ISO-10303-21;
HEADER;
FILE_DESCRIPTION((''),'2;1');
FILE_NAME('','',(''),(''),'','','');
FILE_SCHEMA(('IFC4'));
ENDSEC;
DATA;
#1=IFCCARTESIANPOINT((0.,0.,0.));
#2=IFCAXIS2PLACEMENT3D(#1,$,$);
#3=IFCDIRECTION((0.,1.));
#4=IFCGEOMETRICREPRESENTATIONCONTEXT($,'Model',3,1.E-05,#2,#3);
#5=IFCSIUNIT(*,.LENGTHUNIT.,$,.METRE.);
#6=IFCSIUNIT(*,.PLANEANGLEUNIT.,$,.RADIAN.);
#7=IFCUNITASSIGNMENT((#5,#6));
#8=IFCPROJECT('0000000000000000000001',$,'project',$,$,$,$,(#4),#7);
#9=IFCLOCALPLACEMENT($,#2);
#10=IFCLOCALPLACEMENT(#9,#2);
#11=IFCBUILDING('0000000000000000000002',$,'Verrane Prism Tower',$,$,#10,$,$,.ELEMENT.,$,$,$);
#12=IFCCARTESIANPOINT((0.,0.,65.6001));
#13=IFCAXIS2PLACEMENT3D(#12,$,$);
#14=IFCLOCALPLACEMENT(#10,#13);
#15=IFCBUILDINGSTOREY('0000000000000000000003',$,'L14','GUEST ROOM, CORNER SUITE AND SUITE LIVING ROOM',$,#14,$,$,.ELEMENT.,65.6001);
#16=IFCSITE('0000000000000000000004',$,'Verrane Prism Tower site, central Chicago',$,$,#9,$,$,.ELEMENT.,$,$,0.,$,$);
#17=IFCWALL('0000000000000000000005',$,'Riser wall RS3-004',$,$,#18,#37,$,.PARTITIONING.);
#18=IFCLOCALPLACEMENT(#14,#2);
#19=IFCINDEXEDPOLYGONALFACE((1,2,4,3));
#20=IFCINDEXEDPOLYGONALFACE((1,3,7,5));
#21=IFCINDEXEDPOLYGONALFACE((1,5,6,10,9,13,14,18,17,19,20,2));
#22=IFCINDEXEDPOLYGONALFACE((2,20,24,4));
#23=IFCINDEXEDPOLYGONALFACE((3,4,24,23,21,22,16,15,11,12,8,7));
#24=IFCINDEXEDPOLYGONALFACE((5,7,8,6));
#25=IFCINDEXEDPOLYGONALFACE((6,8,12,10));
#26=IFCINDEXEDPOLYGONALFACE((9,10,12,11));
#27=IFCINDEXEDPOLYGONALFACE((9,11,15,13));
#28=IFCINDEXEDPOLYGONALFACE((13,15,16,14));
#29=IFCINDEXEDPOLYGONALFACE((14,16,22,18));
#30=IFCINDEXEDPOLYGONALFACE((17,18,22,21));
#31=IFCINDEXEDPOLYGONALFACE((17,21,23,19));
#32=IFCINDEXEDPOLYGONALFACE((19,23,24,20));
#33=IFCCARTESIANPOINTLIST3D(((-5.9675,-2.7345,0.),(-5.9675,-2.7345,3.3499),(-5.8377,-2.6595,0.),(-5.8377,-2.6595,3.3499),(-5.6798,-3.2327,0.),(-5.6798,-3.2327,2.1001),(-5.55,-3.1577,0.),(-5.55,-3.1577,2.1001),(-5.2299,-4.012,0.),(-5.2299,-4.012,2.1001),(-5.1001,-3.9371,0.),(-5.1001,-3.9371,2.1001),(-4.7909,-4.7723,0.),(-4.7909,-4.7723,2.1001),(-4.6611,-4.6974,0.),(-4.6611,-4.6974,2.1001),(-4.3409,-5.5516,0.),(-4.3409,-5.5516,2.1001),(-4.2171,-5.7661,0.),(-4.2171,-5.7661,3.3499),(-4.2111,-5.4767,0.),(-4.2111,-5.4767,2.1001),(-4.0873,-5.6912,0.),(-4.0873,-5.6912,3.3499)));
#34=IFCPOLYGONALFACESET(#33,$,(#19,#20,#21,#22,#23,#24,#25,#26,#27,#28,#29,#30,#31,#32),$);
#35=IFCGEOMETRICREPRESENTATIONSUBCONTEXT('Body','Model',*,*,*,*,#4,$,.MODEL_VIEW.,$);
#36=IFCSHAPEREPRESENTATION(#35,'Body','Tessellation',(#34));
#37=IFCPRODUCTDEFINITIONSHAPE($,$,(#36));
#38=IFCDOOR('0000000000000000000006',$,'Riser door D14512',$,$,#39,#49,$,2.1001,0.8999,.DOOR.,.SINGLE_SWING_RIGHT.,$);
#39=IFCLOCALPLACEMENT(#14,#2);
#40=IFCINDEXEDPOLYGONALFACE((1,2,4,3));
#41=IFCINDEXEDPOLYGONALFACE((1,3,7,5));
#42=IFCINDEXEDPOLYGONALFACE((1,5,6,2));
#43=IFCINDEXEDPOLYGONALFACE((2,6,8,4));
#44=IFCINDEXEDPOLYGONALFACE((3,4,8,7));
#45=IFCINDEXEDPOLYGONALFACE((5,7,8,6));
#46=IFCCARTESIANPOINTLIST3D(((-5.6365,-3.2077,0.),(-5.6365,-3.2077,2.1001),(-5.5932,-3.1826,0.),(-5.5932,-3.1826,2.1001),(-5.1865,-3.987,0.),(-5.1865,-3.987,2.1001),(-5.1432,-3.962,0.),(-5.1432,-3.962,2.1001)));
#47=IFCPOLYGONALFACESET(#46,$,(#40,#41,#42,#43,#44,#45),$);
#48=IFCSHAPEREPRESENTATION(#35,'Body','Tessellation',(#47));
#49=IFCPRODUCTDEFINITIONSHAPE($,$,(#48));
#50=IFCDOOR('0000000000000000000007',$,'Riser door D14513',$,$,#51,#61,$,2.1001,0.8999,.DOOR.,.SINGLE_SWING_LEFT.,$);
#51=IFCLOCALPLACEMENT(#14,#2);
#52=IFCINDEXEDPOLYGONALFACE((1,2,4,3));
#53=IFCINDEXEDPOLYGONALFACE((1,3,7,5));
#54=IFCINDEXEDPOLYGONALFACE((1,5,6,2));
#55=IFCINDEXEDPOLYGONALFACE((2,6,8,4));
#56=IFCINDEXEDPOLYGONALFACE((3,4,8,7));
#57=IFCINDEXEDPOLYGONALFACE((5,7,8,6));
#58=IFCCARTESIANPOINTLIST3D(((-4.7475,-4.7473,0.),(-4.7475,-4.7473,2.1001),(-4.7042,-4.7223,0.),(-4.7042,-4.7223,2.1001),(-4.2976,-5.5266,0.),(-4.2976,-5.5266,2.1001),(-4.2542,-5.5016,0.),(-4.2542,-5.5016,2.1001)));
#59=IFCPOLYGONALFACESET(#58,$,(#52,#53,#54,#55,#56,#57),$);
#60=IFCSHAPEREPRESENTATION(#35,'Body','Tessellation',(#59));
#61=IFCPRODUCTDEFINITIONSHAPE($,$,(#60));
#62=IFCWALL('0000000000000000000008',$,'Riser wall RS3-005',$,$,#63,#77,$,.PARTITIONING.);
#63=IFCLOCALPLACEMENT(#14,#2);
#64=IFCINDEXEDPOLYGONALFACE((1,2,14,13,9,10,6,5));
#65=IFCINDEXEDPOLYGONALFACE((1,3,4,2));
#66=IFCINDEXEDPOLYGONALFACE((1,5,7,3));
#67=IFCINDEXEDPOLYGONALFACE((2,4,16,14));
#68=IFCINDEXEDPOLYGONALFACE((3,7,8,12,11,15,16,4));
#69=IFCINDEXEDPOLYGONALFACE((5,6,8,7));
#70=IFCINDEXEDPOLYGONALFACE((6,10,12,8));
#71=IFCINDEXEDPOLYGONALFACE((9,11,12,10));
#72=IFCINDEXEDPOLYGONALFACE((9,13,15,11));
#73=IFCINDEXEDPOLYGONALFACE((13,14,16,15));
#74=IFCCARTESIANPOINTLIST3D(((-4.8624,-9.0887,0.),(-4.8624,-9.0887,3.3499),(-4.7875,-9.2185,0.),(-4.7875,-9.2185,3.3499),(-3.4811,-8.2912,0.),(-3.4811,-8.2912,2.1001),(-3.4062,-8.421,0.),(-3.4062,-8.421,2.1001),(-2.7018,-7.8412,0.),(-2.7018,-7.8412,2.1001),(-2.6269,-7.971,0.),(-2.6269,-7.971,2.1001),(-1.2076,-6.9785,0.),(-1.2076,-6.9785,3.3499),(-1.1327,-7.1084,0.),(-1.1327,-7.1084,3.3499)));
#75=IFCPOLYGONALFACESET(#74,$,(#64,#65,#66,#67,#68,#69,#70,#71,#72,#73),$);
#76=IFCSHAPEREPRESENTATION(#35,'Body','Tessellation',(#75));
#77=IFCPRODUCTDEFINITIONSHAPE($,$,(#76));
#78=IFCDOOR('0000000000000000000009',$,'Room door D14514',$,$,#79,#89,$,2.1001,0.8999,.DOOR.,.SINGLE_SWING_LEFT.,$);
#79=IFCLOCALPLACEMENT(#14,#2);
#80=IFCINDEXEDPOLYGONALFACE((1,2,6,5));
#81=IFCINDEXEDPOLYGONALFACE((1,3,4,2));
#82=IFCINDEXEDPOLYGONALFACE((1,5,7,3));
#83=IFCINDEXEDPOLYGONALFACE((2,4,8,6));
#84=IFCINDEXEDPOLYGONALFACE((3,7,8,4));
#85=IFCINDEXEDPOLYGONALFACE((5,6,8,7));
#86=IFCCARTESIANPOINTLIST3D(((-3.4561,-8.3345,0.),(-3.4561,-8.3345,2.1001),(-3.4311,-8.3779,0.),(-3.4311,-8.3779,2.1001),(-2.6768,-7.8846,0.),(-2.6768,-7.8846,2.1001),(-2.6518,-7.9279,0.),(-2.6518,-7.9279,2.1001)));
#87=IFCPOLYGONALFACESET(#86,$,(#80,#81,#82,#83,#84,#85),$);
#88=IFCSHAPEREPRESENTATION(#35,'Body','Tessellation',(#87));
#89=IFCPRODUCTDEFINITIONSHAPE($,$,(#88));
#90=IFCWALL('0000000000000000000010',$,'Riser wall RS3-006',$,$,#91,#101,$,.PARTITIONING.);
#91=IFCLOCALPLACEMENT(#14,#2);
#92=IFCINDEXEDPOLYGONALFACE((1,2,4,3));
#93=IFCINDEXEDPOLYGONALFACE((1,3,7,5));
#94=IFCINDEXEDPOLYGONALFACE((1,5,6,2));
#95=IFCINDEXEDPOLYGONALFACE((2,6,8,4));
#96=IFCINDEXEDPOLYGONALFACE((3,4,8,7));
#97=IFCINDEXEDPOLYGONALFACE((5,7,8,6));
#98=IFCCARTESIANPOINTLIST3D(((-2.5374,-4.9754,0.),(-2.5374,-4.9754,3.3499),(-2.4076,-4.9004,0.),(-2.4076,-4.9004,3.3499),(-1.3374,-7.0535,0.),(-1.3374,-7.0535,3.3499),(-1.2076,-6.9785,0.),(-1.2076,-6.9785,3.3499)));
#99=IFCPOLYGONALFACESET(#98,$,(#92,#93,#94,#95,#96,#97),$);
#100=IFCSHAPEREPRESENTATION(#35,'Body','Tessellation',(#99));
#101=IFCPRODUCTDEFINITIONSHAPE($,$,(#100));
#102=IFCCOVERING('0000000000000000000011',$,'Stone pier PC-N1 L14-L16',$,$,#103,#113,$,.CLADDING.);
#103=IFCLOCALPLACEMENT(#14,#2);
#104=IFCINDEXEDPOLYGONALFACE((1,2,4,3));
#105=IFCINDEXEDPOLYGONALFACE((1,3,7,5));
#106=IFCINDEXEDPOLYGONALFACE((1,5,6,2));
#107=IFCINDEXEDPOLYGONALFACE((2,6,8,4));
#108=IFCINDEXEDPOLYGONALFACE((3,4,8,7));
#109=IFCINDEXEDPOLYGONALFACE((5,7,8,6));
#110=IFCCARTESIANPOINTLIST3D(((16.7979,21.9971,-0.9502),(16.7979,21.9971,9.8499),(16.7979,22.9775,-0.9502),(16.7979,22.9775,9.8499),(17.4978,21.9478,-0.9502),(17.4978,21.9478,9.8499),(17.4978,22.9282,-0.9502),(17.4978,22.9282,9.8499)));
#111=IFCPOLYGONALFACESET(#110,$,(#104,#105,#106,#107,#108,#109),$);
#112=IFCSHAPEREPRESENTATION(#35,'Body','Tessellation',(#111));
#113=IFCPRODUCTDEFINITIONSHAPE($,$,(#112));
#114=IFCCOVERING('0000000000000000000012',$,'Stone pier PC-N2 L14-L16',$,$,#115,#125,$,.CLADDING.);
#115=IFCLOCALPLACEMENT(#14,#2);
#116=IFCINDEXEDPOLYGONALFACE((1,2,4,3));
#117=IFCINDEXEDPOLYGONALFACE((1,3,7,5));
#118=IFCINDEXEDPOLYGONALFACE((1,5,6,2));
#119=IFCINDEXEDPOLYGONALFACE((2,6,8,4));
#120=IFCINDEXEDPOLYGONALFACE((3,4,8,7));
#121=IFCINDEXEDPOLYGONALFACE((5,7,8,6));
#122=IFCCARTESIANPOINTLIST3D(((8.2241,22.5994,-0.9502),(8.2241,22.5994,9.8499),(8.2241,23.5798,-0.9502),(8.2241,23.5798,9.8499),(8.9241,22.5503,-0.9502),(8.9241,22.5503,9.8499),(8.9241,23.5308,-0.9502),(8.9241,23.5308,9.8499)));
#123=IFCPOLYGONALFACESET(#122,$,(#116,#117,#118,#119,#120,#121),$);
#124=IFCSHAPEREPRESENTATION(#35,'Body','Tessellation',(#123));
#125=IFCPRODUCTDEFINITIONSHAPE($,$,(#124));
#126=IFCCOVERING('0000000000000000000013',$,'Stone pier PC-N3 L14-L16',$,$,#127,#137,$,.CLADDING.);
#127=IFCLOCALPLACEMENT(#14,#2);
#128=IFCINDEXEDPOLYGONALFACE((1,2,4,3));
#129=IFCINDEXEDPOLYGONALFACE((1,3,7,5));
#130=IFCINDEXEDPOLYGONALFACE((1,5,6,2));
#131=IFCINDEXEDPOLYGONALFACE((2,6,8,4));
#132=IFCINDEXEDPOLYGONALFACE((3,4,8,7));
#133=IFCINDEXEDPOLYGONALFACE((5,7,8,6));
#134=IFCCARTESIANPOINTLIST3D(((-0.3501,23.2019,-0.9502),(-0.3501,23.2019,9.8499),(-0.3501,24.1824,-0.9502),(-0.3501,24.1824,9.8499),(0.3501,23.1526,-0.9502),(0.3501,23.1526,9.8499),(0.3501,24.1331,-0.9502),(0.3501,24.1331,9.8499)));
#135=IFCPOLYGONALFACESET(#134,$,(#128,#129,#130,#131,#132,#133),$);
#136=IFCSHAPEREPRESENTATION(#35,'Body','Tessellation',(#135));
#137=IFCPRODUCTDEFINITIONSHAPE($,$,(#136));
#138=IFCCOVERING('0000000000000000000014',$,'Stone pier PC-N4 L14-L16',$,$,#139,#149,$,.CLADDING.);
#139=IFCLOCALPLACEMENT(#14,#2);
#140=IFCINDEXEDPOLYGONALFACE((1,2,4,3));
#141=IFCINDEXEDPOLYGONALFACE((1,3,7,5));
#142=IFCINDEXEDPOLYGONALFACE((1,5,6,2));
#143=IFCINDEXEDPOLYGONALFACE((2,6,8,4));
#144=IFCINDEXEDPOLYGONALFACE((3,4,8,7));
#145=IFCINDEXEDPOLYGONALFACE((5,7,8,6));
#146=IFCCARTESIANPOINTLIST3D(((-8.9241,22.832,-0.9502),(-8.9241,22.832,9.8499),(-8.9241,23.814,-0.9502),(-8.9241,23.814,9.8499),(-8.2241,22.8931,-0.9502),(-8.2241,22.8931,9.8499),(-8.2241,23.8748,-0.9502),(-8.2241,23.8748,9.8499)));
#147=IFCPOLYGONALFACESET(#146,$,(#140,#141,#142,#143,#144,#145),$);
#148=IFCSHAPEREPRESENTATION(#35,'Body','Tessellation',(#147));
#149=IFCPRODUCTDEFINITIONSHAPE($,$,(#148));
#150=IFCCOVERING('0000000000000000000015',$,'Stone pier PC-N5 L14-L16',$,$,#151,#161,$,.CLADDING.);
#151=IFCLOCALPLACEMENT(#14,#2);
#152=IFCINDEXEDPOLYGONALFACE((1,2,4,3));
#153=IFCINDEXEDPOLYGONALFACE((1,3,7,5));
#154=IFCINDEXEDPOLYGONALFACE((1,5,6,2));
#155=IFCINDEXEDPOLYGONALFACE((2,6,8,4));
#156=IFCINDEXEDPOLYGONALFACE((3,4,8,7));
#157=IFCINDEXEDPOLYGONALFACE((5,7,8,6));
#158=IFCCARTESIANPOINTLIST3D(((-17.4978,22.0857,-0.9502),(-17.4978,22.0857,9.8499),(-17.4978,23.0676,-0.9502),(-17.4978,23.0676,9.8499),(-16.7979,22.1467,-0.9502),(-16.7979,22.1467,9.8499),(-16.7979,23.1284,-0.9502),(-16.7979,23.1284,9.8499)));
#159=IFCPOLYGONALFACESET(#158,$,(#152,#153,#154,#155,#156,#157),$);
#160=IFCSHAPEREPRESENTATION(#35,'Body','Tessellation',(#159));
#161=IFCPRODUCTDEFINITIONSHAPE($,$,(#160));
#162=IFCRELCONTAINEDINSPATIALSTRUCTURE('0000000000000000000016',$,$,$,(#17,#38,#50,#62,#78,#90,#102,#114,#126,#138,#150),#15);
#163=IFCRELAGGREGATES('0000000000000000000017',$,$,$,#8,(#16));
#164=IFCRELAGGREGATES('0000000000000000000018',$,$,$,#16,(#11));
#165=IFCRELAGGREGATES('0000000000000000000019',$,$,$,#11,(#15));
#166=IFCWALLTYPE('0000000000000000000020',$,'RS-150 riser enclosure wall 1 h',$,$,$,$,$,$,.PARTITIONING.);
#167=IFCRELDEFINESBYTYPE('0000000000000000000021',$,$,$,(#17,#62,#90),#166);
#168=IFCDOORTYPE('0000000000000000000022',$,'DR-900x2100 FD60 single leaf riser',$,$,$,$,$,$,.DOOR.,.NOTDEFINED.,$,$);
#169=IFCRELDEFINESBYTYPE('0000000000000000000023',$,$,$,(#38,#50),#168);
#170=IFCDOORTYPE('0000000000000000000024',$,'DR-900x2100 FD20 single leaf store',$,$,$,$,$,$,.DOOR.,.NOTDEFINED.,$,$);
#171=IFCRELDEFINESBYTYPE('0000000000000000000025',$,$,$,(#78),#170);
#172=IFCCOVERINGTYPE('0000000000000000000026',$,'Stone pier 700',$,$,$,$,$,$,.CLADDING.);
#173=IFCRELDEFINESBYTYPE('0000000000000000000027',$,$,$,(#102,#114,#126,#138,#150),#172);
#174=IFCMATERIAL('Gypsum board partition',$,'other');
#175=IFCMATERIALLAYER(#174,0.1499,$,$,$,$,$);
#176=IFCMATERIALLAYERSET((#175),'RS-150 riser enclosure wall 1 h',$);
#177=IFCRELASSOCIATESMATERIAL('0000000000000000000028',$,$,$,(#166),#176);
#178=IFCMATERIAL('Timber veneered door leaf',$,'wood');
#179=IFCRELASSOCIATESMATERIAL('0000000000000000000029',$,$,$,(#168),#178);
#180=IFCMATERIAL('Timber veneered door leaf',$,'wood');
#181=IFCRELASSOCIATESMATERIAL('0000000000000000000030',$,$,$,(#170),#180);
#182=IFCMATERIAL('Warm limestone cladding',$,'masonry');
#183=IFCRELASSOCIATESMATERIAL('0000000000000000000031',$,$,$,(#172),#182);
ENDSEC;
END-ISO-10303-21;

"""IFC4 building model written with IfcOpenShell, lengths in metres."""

from ifc_helpers import new_model, si_unit, direction, frame, frame_2d, origin, place, context, subcontext, project, spatial, polyline, rectangle, outline, extrude, material, layer, layer_set, type_object, element, fill, save


model = new_model("IFC4")

# Units and contexts
model_context = context("Model", 3, precision=1e-05, world=origin(), true_north=direction((0.0, 1.0)))
body_context = subcontext(model_context, "Body", "Model", "MODEL_VIEW")
ifc_project = project(units=[si_unit("LENGTHUNIT", "METRE"), si_unit("PLANEANGLEUNIT", "RADIAN")], contexts=[model_context])

# Site, building, storey
site_placement = place(None, origin())
site = spatial("IfcSite", under=ifc_project, at=site_placement, Name="Verrane Prism Tower site, central Chicago", CompositionType="ELEMENT", RefElevation=0.0)
building_placement = place(site_placement, origin())
building = spatial("IfcBuilding", under=site, at=building_placement, Name="Verrane Prism Tower", CompositionType="ELEMENT")
storey_placement = place(building_placement, frame((0.0, 0.0, 65.6001)))
storey = spatial("IfcBuildingStorey", under=building, at=storey_placement, Name="L14", Description="GUEST ROOM, CORNER SUITE AND SUITE LIVING ROOM", CompositionType="ELEMENT", Elevation=65.6001)

# Wall, openings, doors
ifc_material_1 = material(Name="Gypsum board partition", Category="other")
ifc_layer_1 = layer(ifc_material_1, 0.1499)
ifc_layer_set_1 = layer_set([ifc_layer_1], Name="RS-150 riser enclosure wall 1 h")
wall_type_1 = type_object("IfcWallType", Name="RS-150 riser enclosure wall 1 h", PredefinedType="PARTITIONING", material=ifc_layer_set_1)
wall_1_placement = place(storey_placement, frame((-4.1521, -5.7288, 0.0), z_axis=(0.0, 0.0, 1.0), x_axis=(-0.500024, 0.866011, 0.0)))
wall_1 = element("IfcWall", 1, at=wall_1_placement, inside=storey, type_object=wall_type_1, Name="Riser wall RS3-004", PredefinedType="PARTITIONING", context=body_context, shape_type="SweptSolid", body=[
    extrude(rectangle(XDim=3.5007, YDim=0.1499, at=frame_2d((1.7505, 0.0))), origin(), (0.0, 0.0, 1.0), 3.3499),
])
opening_1_placement = place(wall_1_placement, frame((2.0256, 0.0, 0.0)))
opening_1 = element("IfcOpeningElement", 2, at=opening_1_placement, cuts=wall_1, PredefinedType="OPENING", context=body_context, shape_type="SweptSolid", body=[
    extrude(rectangle(XDim=0.8999, YDim=2.1001, at=frame_2d((0.45, 1.05))), frame((0.0, 0.085, 0.0), z_axis=(0.0, -1.0, 0.0), x_axis=(1.0, 0.0, 0.0)), (0.0, 0.0, 1.0), 0.1699),
])
opening_2_placement = place(wall_1_placement, frame((0.2478, 0.0, 0.0)))
opening_2 = element("IfcOpeningElement", 3, at=opening_2_placement, cuts=wall_1, PredefinedType="OPENING", context=body_context, shape_type="SweptSolid", body=[
    extrude(rectangle(XDim=0.8999, YDim=2.1001, at=frame_2d((0.45, 1.05))), frame((0.0, 0.085, 0.0), z_axis=(0.0, -1.0, 0.0), x_axis=(1.0, 0.0, 0.0)), (0.0, 0.0, 1.0), 0.1699),
])
ifc_material_2 = material(Name="Timber veneered door leaf", Category="wood")
door_type_1 = type_object("IfcDoorType", Name="DR-900x2100 FD60 single leaf riser", OperationType="NOTDEFINED", PredefinedType="DOOR", material=ifc_material_2)
door_1_placement = place(opening_1_placement, origin())
door_1 = element("IfcDoor", 4, at=door_1_placement, inside=storey, type_object=door_type_1, Name="Riser door D14512", OperationType="SINGLE_SWING_RIGHT", OverallHeight=2.1001, OverallWidth=0.8999, PredefinedType="DOOR", context=body_context, shape_type="SweptSolid", body=[
    extrude(rectangle(XDim=0.8999, YDim=2.1001, at=frame_2d((0.45, 1.05))), frame((0.0, 0.0249, 0.0), z_axis=(0.0, -1.0, 0.0), x_axis=(1.0, 0.0, 0.0)), (0.0, 0.0, 1.0), 0.05),
])
fill(opening_1, door_1)
door_2_placement = place(opening_2_placement, origin())
door_2 = element("IfcDoor", 5, at=door_2_placement, inside=storey, type_object=door_type_1, Name="Riser door D14513", OperationType="SINGLE_SWING_LEFT", OverallHeight=2.1001, OverallWidth=0.8999, PredefinedType="DOOR", context=body_context, shape_type="SweptSolid", body=[
    extrude(rectangle(XDim=0.8999, YDim=2.1001, at=frame_2d((0.45, 1.05))), frame((0.0, 0.0249, 0.0), z_axis=(0.0, -1.0, 0.0), x_axis=(1.0, 0.0, 0.0)), (0.0, 0.0, 1.0), 0.05),
])
fill(opening_2, door_2)

# Wall, opening, door
wall_2_placement = place(storey_placement, frame((-4.825, -9.1536, 0.0), z_axis=(0.0, 0.0, 1.0), x_axis=(0.866024, 0.500003, 0.0)))
wall_2 = element("IfcWall", 6, at=wall_2_placement, inside=storey, type_object=wall_type_1, Name="Riser wall RS3-005", PredefinedType="PARTITIONING", context=body_context, shape_type="SweptSolid", body=[
    extrude(rectangle(XDim=4.2202, YDim=0.1499, at=frame_2d((2.1101, 0.0))), origin(), (0.0, 0.0, 1.0), 3.3499),
])
opening_3_placement = place(wall_2_placement, frame((1.595, 0.0, 0.0)))
opening_3 = element("IfcOpeningElement", 7, at=opening_3_placement, cuts=wall_2, PredefinedType="OPENING", context=body_context, shape_type="SweptSolid", body=[
    extrude(rectangle(XDim=0.8999, YDim=2.1001, at=frame_2d((0.45, 1.05))), frame((0.0, 0.085, 0.0), z_axis=(0.0, -1.0, 0.0), x_axis=(1.0, 0.0, 0.0)), (0.0, 0.0, 1.0), 0.1699),
])
ifc_material_3 = material(Name="Timber veneered door leaf", Category="wood")
door_type_2 = type_object("IfcDoorType", Name="DR-900x2100 FD20 single leaf store", OperationType="NOTDEFINED", PredefinedType="DOOR", material=ifc_material_3)
door_3_placement = place(opening_3_placement, origin())
door_3 = element("IfcDoor", 8, at=door_3_placement, inside=storey, type_object=door_type_2, Name="Room door D14514", OperationType="SINGLE_SWING_LEFT", OverallHeight=2.1001, OverallWidth=0.8999, PredefinedType="DOOR", context=body_context, shape_type="SweptSolid", body=[
    extrude(rectangle(XDim=0.8999, YDim=2.1001, at=frame_2d((0.45, 1.05))), frame((0.0, 0.0249, 0.0), z_axis=(0.0, -1.0, 0.0), x_axis=(1.0, 0.0, 0.0)), (0.0, 0.0, 1.0), 0.05),
])
fill(opening_3, door_3)

# Wall
wall_3_placement = place(storey_placement, frame((-2.4724, -4.938, 0.0), z_axis=(0.0, 0.0, 1.0), x_axis=(0.500045, -0.865999, 0.0)))
element("IfcWall", 9, at=wall_3_placement, inside=storey, type_object=wall_type_1, Name="Riser wall RS3-006", PredefinedType="PARTITIONING", context=body_context, shape_type="SweptSolid", body=[
    extrude(rectangle(XDim=2.3997, YDim=0.1499, at=frame_2d((1.1997, 0.0))), origin(), (0.0, 0.0, 1.0), 3.3499),
])

# Coverings
ifc_material_4 = material(Name="Warm limestone cladding", Category="masonry")
covering_type = type_object("IfcCoveringType", Name="Stone pier 700", PredefinedType="CLADDING", material=ifc_material_4)
covering_1_placement = place(storey_placement, frame((0.0, 0.0, -0.9502)))
element("IfcCovering", 10, at=covering_1_placement, inside=storey, type_object=covering_type, Name="Stone pier PC-N1 L14-L16", PredefinedType="CLADDING", context=body_context, shape_type="SweptSolid", body=[
    extrude(outline(polyline([(16.7979, 22.9775), (16.7979, 21.9971), (17.4978, 21.9478), (17.4978, 22.9282), (16.7979, 22.9775)])), origin(), (0.0, 0.0, 1.0), 10.8),
])
covering_2_placement = place(storey_placement, frame((0.0, 0.0, -0.9502)))
element("IfcCovering", 11, at=covering_2_placement, inside=storey, type_object=covering_type, Name="Stone pier PC-N2 L14-L16", PredefinedType="CLADDING", context=body_context, shape_type="SweptSolid", body=[
    extrude(outline(polyline([(8.2241, 23.5798), (8.2241, 22.5994), (8.9241, 22.5503), (8.9241, 23.5308), (8.2241, 23.5798)])), origin(), (0.0, 0.0, 1.0), 10.8),
])
covering_3_placement = place(storey_placement, frame((0.0, 0.0, -0.9502)))
element("IfcCovering", 12, at=covering_3_placement, inside=storey, type_object=covering_type, Name="Stone pier PC-N3 L14-L16", PredefinedType="CLADDING", context=body_context, shape_type="SweptSolid", body=[
    extrude(outline(polyline([(-0.3501, 24.1824), (-0.3501, 23.2019), (0.3501, 23.1526), (0.3501, 24.1331), (-0.3501, 24.1824)])), origin(), (0.0, 0.0, 1.0), 10.8),
])
covering_4_placement = place(storey_placement, frame((0.0, 0.0, -0.9502)))
element("IfcCovering", 13, at=covering_4_placement, inside=storey, type_object=covering_type, Name="Stone pier PC-N4 L14-L16", PredefinedType="CLADDING", context=body_context, shape_type="SweptSolid", body=[
    extrude(outline(polyline([(-8.9241, 23.814), (-8.9241, 22.832), (-8.2241, 22.8931), (-8.2241, 23.8748), (-8.9241, 23.814)])), origin(), (0.0, 0.0, 1.0), 10.8),
])
covering_5_placement = place(storey_placement, frame((0.0, 0.0, -0.9502)))
element("IfcCovering", 14, at=covering_5_placement, inside=storey, type_object=covering_type, Name="Stone pier PC-N5 L14-L16", PredefinedType="CLADDING", context=body_context, shape_type="SweptSolid", body=[
    extrude(outline(polyline([(-17.4978, 23.0676), (-17.4978, 22.0857), (-16.7979, 22.1467), (-16.7979, 23.1284), (-17.4978, 23.0676)])), origin(), (0.0, 0.0, 1.0), 10.8),
])

save(model, "model.ifc")
